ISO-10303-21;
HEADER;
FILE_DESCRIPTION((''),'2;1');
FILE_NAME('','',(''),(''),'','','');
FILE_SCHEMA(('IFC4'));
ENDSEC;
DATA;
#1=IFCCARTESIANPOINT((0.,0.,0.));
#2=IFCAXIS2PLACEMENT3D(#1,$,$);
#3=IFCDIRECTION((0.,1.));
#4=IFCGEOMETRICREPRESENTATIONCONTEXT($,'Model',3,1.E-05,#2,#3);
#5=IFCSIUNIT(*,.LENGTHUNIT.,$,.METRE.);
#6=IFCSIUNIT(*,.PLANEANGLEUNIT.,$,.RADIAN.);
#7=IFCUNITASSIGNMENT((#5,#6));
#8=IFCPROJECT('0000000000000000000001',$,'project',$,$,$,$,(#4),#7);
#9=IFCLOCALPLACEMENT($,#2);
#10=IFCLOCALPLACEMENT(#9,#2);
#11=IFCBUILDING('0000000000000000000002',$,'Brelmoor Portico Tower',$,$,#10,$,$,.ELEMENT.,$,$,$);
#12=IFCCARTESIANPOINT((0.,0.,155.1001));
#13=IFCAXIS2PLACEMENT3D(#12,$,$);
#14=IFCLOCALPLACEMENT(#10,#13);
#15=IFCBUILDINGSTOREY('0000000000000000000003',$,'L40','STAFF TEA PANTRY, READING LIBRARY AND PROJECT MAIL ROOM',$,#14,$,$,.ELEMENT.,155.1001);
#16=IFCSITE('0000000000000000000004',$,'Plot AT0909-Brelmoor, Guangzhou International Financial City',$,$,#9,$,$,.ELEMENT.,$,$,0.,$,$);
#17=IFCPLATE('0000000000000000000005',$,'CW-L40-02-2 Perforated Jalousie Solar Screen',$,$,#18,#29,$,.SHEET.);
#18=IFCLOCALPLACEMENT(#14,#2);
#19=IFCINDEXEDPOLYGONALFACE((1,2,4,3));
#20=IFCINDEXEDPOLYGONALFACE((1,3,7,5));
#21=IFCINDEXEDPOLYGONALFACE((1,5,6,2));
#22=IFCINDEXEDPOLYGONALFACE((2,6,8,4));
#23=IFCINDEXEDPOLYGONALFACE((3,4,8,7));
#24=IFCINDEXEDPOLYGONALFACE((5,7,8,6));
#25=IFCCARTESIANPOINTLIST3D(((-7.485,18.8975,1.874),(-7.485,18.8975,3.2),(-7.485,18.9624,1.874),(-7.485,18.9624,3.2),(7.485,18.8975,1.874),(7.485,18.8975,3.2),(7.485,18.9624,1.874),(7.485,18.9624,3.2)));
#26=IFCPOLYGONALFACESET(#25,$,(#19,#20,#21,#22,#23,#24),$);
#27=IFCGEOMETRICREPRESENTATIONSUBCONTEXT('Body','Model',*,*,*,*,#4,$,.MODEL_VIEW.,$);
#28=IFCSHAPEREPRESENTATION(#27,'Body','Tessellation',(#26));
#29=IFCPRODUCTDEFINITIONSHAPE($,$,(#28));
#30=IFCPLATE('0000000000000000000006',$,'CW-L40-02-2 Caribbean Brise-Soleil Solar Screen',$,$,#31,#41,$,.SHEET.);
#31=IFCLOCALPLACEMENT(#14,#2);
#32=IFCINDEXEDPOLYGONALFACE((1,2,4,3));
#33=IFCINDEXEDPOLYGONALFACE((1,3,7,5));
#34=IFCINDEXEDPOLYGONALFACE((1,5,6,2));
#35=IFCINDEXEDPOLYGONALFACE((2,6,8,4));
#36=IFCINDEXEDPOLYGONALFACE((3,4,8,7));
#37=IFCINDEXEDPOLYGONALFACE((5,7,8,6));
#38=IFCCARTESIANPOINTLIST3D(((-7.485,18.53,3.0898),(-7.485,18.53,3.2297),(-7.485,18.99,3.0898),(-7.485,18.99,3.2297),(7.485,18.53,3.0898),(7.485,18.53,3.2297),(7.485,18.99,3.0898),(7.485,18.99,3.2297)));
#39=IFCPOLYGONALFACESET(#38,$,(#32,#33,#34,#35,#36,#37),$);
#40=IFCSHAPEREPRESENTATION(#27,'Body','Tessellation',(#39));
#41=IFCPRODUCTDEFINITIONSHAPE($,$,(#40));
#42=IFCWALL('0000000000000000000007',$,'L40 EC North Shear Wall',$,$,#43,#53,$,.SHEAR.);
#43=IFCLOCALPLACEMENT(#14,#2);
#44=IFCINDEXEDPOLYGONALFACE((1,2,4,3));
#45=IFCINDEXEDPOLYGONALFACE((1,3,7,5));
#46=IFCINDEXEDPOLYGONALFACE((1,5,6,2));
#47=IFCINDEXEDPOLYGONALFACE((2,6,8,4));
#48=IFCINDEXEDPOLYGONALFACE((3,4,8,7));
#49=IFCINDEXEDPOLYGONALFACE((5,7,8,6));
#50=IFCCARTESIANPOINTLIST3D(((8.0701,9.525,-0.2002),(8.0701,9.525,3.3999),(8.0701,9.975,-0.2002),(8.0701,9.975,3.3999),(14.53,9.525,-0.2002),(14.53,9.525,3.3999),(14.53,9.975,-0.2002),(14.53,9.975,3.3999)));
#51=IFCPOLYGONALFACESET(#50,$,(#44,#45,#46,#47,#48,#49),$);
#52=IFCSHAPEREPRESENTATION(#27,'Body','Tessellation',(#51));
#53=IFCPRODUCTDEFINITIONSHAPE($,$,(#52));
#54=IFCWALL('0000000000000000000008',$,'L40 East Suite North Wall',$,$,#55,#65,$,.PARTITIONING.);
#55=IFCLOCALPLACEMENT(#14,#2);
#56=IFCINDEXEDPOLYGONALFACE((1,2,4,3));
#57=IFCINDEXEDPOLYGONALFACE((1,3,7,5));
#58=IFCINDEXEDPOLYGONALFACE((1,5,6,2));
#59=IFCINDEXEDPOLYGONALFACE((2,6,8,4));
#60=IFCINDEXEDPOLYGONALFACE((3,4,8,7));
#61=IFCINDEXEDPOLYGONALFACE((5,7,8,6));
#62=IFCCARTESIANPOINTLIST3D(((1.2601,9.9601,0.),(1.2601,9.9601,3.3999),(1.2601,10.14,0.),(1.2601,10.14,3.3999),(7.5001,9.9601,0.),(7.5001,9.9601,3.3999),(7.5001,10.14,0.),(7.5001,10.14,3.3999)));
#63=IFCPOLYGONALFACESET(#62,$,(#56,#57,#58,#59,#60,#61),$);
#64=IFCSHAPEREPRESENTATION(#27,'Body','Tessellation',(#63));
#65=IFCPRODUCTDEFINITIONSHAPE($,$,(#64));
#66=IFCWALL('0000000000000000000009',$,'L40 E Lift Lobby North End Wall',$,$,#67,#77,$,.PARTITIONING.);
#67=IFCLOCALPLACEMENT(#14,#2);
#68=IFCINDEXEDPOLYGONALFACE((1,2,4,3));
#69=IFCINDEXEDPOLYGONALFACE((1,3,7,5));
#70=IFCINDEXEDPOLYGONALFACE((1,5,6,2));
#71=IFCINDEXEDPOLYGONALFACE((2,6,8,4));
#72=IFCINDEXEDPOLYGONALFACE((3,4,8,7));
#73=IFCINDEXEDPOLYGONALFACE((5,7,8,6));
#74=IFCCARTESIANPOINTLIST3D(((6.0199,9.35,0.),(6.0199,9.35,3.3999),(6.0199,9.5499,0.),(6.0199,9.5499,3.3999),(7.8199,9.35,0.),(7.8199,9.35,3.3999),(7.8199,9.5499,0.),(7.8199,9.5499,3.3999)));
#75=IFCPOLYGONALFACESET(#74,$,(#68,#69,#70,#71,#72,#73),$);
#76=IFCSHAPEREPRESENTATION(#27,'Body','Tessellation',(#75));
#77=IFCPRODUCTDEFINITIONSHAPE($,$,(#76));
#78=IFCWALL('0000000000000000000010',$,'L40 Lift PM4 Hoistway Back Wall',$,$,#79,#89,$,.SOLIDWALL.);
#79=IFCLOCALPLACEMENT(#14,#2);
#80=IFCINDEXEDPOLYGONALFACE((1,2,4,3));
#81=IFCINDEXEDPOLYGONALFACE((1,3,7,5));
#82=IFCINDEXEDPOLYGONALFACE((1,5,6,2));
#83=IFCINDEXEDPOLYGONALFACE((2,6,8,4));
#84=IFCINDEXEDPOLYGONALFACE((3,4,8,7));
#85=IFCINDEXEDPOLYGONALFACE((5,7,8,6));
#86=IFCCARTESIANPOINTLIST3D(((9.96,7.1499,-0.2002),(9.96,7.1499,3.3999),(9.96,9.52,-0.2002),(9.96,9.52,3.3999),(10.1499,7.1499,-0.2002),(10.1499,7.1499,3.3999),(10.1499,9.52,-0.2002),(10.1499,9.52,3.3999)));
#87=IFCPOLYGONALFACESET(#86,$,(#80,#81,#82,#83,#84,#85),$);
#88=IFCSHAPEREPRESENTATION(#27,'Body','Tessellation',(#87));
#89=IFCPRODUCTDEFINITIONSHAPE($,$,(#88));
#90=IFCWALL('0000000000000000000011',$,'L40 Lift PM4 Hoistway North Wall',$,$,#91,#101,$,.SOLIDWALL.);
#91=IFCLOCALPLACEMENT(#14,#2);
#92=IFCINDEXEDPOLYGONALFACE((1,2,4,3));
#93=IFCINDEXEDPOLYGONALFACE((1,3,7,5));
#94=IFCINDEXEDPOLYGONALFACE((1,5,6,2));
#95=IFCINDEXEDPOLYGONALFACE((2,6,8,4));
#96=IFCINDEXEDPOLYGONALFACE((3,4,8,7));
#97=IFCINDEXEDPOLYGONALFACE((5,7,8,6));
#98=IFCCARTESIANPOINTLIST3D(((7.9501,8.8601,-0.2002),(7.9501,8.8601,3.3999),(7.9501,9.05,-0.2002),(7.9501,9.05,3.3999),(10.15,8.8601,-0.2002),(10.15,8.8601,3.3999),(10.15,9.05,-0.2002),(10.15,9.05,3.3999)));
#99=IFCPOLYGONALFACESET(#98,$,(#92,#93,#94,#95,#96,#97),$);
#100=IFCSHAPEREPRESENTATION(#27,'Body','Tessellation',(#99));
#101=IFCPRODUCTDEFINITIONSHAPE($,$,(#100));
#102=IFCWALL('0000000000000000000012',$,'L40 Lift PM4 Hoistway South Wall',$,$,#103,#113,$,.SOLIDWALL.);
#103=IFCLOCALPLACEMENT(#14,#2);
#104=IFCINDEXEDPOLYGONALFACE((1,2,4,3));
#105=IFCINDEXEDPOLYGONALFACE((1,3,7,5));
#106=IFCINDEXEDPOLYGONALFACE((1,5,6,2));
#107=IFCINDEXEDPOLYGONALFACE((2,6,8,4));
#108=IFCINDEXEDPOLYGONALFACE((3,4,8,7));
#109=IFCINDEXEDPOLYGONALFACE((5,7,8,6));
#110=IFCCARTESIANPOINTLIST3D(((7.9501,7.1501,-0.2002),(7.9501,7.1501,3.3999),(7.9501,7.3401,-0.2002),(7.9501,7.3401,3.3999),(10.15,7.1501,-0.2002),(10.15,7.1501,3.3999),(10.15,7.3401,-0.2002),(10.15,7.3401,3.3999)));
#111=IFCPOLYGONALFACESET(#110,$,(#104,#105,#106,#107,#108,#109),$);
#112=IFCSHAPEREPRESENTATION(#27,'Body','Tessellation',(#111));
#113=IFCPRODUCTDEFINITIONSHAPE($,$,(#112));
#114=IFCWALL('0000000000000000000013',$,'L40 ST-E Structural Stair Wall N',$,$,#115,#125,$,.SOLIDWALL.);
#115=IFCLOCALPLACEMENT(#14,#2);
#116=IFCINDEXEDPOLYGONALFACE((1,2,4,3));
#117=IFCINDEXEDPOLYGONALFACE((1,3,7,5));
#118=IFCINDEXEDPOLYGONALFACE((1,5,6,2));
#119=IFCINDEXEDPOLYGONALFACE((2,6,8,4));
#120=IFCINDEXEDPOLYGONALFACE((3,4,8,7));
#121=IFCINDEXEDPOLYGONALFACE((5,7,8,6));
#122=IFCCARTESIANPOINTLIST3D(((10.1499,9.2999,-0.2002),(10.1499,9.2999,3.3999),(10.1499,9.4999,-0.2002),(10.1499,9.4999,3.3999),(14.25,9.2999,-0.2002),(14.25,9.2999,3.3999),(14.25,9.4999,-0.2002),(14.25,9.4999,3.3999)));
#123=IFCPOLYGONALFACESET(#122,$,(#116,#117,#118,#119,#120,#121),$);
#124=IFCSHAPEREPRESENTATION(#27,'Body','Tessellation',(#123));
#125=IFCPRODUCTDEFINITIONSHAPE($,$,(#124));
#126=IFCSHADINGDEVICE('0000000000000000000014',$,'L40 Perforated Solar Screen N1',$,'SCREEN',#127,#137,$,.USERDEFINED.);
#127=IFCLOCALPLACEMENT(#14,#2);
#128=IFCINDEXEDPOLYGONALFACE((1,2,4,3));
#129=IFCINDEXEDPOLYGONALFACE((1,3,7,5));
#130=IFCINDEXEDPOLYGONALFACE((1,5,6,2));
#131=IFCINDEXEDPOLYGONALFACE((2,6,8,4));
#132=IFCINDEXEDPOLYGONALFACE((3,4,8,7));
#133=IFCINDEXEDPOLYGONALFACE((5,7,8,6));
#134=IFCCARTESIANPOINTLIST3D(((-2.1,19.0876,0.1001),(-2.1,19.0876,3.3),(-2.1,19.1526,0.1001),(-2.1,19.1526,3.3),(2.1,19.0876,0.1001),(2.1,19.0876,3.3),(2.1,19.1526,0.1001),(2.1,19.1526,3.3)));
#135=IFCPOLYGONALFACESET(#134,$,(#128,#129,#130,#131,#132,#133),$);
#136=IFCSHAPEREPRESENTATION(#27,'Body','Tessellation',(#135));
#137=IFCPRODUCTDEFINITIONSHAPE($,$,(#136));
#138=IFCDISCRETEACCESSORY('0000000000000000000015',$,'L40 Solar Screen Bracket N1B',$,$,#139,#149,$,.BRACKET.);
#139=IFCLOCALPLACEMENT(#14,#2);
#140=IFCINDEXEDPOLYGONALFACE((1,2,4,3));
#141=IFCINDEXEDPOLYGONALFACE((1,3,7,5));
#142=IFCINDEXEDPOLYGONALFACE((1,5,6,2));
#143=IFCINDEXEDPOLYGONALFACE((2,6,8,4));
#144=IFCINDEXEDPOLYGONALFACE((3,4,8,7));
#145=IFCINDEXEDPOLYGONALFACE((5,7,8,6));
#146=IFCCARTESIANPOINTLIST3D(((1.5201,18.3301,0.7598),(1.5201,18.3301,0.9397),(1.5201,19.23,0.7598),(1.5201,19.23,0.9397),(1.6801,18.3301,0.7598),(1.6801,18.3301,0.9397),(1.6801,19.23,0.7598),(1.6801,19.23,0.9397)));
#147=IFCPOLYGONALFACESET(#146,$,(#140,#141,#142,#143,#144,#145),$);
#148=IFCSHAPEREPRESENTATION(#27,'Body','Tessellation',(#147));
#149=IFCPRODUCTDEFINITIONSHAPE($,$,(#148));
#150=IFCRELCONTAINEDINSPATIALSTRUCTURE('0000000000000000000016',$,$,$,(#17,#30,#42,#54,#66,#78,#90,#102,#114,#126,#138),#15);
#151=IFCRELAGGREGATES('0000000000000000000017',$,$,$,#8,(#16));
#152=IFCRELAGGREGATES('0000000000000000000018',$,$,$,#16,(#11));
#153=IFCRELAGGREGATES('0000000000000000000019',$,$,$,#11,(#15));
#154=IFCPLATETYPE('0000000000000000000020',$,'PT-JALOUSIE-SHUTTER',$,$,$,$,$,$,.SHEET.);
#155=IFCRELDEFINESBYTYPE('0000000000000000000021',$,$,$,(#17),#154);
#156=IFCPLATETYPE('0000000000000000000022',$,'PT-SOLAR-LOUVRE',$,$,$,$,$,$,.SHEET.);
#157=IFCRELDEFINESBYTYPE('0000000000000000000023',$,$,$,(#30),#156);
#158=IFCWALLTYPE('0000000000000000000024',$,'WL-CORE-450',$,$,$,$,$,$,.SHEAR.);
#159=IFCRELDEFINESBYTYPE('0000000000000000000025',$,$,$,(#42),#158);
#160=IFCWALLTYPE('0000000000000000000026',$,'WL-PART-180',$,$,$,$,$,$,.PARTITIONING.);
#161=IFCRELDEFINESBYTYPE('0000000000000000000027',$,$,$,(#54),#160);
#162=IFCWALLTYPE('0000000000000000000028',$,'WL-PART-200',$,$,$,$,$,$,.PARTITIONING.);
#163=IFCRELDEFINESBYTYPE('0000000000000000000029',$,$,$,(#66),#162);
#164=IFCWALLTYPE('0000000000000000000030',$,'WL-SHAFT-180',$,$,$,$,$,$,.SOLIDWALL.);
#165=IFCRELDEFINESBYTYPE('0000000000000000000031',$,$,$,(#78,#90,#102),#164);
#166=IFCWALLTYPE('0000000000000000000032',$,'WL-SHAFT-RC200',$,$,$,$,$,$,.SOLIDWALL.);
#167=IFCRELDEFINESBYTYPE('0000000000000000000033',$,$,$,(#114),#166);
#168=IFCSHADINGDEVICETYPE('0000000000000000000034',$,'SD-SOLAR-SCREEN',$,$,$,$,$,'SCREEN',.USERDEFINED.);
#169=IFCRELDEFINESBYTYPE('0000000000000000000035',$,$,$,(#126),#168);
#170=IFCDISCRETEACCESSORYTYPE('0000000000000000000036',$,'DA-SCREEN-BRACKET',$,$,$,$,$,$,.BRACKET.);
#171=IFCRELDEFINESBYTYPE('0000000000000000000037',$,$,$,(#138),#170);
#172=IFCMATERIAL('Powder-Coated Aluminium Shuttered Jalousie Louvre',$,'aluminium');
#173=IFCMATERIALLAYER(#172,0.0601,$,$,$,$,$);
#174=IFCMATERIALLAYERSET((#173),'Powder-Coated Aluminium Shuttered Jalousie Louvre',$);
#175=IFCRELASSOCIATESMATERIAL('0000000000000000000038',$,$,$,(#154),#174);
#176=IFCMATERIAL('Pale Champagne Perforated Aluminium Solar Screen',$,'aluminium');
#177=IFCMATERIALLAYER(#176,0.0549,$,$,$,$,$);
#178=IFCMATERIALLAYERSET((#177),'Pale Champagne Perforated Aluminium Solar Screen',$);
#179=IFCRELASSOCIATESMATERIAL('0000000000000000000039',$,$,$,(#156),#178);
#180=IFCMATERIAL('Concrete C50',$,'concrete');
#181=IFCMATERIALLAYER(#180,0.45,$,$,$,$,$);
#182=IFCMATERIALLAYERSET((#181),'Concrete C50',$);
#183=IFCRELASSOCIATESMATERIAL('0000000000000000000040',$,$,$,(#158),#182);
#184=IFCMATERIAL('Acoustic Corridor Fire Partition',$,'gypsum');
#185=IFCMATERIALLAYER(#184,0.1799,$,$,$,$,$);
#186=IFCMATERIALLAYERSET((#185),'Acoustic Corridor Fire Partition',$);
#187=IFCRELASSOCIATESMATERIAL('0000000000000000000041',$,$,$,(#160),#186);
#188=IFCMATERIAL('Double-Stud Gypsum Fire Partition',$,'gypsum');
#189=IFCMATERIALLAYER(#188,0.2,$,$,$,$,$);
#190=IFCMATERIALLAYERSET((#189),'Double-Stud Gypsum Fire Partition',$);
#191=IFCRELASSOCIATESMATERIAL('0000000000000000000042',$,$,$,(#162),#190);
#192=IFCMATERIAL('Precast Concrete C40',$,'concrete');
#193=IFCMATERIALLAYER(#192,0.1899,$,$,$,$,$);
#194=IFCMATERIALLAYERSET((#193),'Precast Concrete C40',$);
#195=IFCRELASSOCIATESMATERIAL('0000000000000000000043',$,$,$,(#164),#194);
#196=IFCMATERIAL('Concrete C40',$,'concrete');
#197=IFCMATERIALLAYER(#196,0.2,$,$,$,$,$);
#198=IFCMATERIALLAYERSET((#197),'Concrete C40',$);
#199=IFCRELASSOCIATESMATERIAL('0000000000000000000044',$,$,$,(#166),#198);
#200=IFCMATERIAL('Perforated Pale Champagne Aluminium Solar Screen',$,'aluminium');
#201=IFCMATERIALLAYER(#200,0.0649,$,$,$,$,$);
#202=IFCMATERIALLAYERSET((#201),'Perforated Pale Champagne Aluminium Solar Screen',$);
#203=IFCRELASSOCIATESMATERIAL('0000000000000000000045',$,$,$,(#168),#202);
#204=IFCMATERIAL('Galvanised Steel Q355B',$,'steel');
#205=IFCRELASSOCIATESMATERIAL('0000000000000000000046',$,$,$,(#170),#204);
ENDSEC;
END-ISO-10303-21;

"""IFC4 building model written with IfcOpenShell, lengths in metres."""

from ifc_helpers import new_model, si_unit, direction, frame, frame_2d, origin, origin_2d, place, context, subcontext, project, spatial, rectangle, extrude, material, layer, layer_set, type_object, element, save


model = new_model("IFC4")

# Units and contexts
model_context = context("Model", 3, precision=1e-05, world=origin(), true_north=direction((0.0, 1.0)))
body_context = subcontext(model_context, "Body", "Model", "MODEL_VIEW")
ifc_project = project(units=[si_unit("LENGTHUNIT", "METRE"), si_unit("PLANEANGLEUNIT", "RADIAN")], contexts=[model_context])

# Site, building, storey
site_placement = place(None, origin())
site = spatial("IfcSite", under=ifc_project, at=site_placement, Name="Plot AT0909-Brelmoor, Guangzhou International Financial City", CompositionType="ELEMENT", RefElevation=0.0)
building_placement = place(site_placement, origin())
building = spatial("IfcBuilding", under=site, at=building_placement, Name="Brelmoor Portico Tower", CompositionType="ELEMENT")
storey_placement = place(building_placement, frame((0.0, 0.0, 155.1001)))
storey = spatial("IfcBuildingStorey", under=building, at=storey_placement, Name="L40", Description="STAFF TEA PANTRY, READING LIBRARY AND PROJECT MAIL ROOM", CompositionType="ELEMENT", Elevation=155.1001)

# Plates
ifc_material_1 = material(Name="Powder-Coated Aluminium Shuttered Jalousie Louvre", Category="aluminium")
ifc_layer_1 = layer(ifc_material_1, 0.0601)
ifc_layer_set_1 = layer_set([ifc_layer_1], Name="Powder-Coated Aluminium Shuttered Jalousie Louvre")
plate_type_1 = type_object("IfcPlateType", Name="PT-JALOUSIE-SHUTTER", PredefinedType="SHEET", material=ifc_layer_set_1)
plate_1_placement = place(storey_placement, frame((0.0, 18.9299, 1.874), z_axis=(0.0, 0.0, 1.0), x_axis=(1.0, 0.0, 0.0)))
element("IfcPlate", 1, at=plate_1_placement, inside=storey, type_object=plate_type_1, Name="CW-L40-02-2 Perforated Jalousie Solar Screen", PredefinedType="SHEET", context=body_context, shape_type="SweptSolid", body=[
    extrude(rectangle(XDim=14.97, YDim=0.0649, at=origin_2d()), origin(), (0.0, 0.0, 1.0), 1.3259),
])
ifc_material_2 = material(Name="Pale Champagne Perforated Aluminium Solar Screen", Category="aluminium")
ifc_layer_2 = layer(ifc_material_2, 0.0549)
ifc_layer_set_2 = layer_set([ifc_layer_2], Name="Pale Champagne Perforated Aluminium Solar Screen")
plate_type_2 = type_object("IfcPlateType", Name="PT-SOLAR-LOUVRE", PredefinedType="SHEET", material=ifc_layer_set_2)
plate_2_placement = place(storey_placement, frame((0.0, 18.76, 3.0898), z_axis=(0.0, 0.0, 1.0), x_axis=(1.0, 0.0, 0.0)))
element("IfcPlate", 2, at=plate_2_placement, inside=storey, type_object=plate_type_2, Name="CW-L40-02-2 Caribbean Brise-Soleil Solar Screen", PredefinedType="SHEET", context=body_context, shape_type="SweptSolid", body=[
    extrude(rectangle(XDim=14.97, YDim=0.46, at=origin_2d()), origin(), (0.0, 0.0, 1.0), 0.1399),
])

# Walls
ifc_material_3 = material(Name="Concrete C50", Category="concrete")
ifc_layer_3 = layer(ifc_material_3, 0.45)
ifc_layer_set_3 = layer_set([ifc_layer_3], Name="Concrete C50")
wall_type_1 = type_object("IfcWallType", Name="WL-CORE-450", PredefinedType="SHEAR", material=ifc_layer_set_3)
wall_1_placement = place(storey_placement, frame((8.0701, 9.75, -0.2002), z_axis=(0.0, 0.0, 1.0), x_axis=(1.0, 0.0, 0.0)))
element("IfcWall", 3, at=wall_1_placement, inside=storey, type_object=wall_type_1, Name="L40 EC North Shear Wall", PredefinedType="SHEAR", context=body_context, shape_type="SweptSolid", body=[
    extrude(rectangle(XDim=6.46, YDim=0.45, at=frame_2d((3.23, 0.0))), origin(), (0.0, 0.0, 1.0), 3.6001),
])
ifc_material_4 = material(Name="Acoustic Corridor Fire Partition", Category="gypsum")
ifc_layer_4 = layer(ifc_material_4, 0.1799)
ifc_layer_set_4 = layer_set([ifc_layer_4], Name="Acoustic Corridor Fire Partition")
wall_type_2 = type_object("IfcWallType", Name="WL-PART-180", PredefinedType="PARTITIONING", material=ifc_layer_set_4)
wall_2_placement = place(storey_placement, frame((1.26, 10.05, 0.0), z_axis=(0.0, 0.0, 1.0), x_axis=(1.0, 0.0, 0.0)))
element("IfcWall", 4, at=wall_2_placement, inside=storey, type_object=wall_type_2, Name="L40 East Suite North Wall", PredefinedType="PARTITIONING", context=body_context, shape_type="SweptSolid", body=[
    extrude(rectangle(XDim=6.24, YDim=0.1799, at=frame_2d((3.1201, 0.0))), origin(), (0.0, 0.0, 1.0), 3.3999),
])
ifc_material_5 = material(Name="Double-Stud Gypsum Fire Partition", Category="gypsum")
ifc_layer_5 = layer(ifc_material_5, 0.2)
ifc_layer_set_5 = layer_set([ifc_layer_5], Name="Double-Stud Gypsum Fire Partition")
wall_type_3 = type_object("IfcWallType", Name="WL-PART-200", PredefinedType="PARTITIONING", material=ifc_layer_set_5)
wall_3_placement = place(storey_placement, frame((6.02, 9.45, 0.0), z_axis=(0.0, 0.0, 1.0), x_axis=(1.0, 0.0, 0.0)))
element("IfcWall", 5, at=wall_3_placement, inside=storey, type_object=wall_type_3, Name="L40 E Lift Lobby North End Wall", PredefinedType="PARTITIONING", context=body_context, shape_type="SweptSolid", body=[
    extrude(rectangle(XDim=1.8, YDim=0.2, at=frame_2d((0.8999, 0.0))), origin(), (0.0, 0.0, 1.0), 3.3999),
])
ifc_material_6 = material(Name="Precast Concrete C40", Category="concrete")
ifc_layer_6 = layer(ifc_material_6, 0.1899)
ifc_layer_set_6 = layer_set([ifc_layer_6], Name="Precast Concrete C40")
wall_type_4 = type_object("IfcWallType", Name="WL-SHAFT-180", PredefinedType="SOLIDWALL", material=ifc_layer_set_6)
wall_4_placement = place(storey_placement, frame((10.0549, 7.1499, -0.2002), z_axis=(0.0, 0.0, 1.0), x_axis=(0.0, 1.0, 0.0)))
element("IfcWall", 6, at=wall_4_placement, inside=storey, type_object=wall_type_4, Name="L40 Lift PM4 Hoistway Back Wall", PredefinedType="SOLIDWALL", context=body_context, shape_type="SweptSolid", body=[
    extrude(rectangle(XDim=2.3701, YDim=0.1899, at=frame_2d((1.1851, 0.0))), origin(), (0.0, 0.0, 1.0), 3.6001),
])
for number, where, z_axis, x_axis, name in (
    (7, (7.95, 8.9551, -0.2002), (0.0, 0.0, 1.0), (1.0, 0.0, 0.0), "L40 Lift PM4 Hoistway North Wall"),
    (8, (7.95, 7.2451, -0.2002), (0.0, 0.0, 1.0), (1.0, 0.0, 0.0), "L40 Lift PM4 Hoistway South Wall"),
):
    element("IfcWall", number, at=place(storey_placement, frame(where, z_axis=z_axis, x_axis=x_axis)), inside=storey, type_object=wall_type_4, Name=name, PredefinedType="SOLIDWALL", context=body_context, shape_type="SweptSolid", body=[
        extrude(rectangle(XDim=2.2, YDim=0.1899, at=frame_2d((1.1001, 0.0))), origin(), (0.0, 0.0, 1.0), 3.6001),
    ])
ifc_material_7 = material(Name="Concrete C40", Category="concrete")
ifc_layer_7 = layer(ifc_material_7, 0.2)
ifc_layer_set_7 = layer_set([ifc_layer_7], Name="Concrete C40")
wall_type_5 = type_object("IfcWallType", Name="WL-SHAFT-RC200", PredefinedType="SOLIDWALL", material=ifc_layer_set_7)
wall_5_placement = place(storey_placement, frame((10.1499, 9.3999, -0.2002), z_axis=(0.0, 0.0, 1.0), x_axis=(1.0, 0.0, 0.0)))
element("IfcWall", 9, at=wall_5_placement, inside=storey, type_object=wall_type_5, Name="L40 ST-E Structural Stair Wall N", PredefinedType="SOLIDWALL", context=body_context, shape_type="SweptSolid", body=[
    extrude(rectangle(XDim=4.1001, YDim=0.2, at=frame_2d((2.05, 0.0))), origin(), (0.0, 0.0, 1.0), 3.6001),
])

# Shading device
ifc_material_8 = material(Name="Perforated Pale Champagne Aluminium Solar Screen", Category="aluminium")
ifc_layer_8 = layer(ifc_material_8, 0.0649)
ifc_layer_set_8 = layer_set([ifc_layer_8], Name="Perforated Pale Champagne Aluminium Solar Screen")
shading_device_type = type_object("IfcShadingDeviceType", Name="SD-SOLAR-SCREEN", ElementType="SCREEN", PredefinedType="USERDEFINED", material=ifc_layer_set_8)
shading_device_placement = place(storey_placement, frame((0.0, 19.1201, 0.1001), z_axis=(0.0, 0.0, 1.0), x_axis=(1.0, 0.0, 0.0)))
element("IfcShadingDevice", 10, at=shading_device_placement, inside=storey, type_object=shading_device_type, Name="L40 Perforated Solar Screen N1", ObjectType="SCREEN", PredefinedType="USERDEFINED", context=body_context, shape_type="SweptSolid", body=[
    extrude(rectangle(XDim=4.2, YDim=0.0649, at=origin_2d()), origin(), (0.0, 0.0, 1.0), 3.2),
])

# Discrete accessory
ifc_material_9 = material(Name="Galvanised Steel Q355B", Category="steel")
discrete_accessory_type = type_object("IfcDiscreteAccessoryType", Name="DA-SCREEN-BRACKET", PredefinedType="BRACKET", material=ifc_material_9)
discrete_accessory_placement = place(storey_placement, frame((1.6001, 18.78, 0.7598), z_axis=(0.0, 0.0, 1.0), x_axis=(1.0, 0.0, 0.0)))
element("IfcDiscreteAccessory", 11, at=discrete_accessory_placement, inside=storey, type_object=discrete_accessory_type, Name="L40 Solar Screen Bracket N1B", PredefinedType="BRACKET", context=body_context, shape_type="SweptSolid", body=[
    extrude(rectangle(XDim=0.1599, YDim=0.8999, at=origin_2d()), origin(), (0.0, 0.0, 1.0), 0.1799),
])

save(model, "model.ifc")
